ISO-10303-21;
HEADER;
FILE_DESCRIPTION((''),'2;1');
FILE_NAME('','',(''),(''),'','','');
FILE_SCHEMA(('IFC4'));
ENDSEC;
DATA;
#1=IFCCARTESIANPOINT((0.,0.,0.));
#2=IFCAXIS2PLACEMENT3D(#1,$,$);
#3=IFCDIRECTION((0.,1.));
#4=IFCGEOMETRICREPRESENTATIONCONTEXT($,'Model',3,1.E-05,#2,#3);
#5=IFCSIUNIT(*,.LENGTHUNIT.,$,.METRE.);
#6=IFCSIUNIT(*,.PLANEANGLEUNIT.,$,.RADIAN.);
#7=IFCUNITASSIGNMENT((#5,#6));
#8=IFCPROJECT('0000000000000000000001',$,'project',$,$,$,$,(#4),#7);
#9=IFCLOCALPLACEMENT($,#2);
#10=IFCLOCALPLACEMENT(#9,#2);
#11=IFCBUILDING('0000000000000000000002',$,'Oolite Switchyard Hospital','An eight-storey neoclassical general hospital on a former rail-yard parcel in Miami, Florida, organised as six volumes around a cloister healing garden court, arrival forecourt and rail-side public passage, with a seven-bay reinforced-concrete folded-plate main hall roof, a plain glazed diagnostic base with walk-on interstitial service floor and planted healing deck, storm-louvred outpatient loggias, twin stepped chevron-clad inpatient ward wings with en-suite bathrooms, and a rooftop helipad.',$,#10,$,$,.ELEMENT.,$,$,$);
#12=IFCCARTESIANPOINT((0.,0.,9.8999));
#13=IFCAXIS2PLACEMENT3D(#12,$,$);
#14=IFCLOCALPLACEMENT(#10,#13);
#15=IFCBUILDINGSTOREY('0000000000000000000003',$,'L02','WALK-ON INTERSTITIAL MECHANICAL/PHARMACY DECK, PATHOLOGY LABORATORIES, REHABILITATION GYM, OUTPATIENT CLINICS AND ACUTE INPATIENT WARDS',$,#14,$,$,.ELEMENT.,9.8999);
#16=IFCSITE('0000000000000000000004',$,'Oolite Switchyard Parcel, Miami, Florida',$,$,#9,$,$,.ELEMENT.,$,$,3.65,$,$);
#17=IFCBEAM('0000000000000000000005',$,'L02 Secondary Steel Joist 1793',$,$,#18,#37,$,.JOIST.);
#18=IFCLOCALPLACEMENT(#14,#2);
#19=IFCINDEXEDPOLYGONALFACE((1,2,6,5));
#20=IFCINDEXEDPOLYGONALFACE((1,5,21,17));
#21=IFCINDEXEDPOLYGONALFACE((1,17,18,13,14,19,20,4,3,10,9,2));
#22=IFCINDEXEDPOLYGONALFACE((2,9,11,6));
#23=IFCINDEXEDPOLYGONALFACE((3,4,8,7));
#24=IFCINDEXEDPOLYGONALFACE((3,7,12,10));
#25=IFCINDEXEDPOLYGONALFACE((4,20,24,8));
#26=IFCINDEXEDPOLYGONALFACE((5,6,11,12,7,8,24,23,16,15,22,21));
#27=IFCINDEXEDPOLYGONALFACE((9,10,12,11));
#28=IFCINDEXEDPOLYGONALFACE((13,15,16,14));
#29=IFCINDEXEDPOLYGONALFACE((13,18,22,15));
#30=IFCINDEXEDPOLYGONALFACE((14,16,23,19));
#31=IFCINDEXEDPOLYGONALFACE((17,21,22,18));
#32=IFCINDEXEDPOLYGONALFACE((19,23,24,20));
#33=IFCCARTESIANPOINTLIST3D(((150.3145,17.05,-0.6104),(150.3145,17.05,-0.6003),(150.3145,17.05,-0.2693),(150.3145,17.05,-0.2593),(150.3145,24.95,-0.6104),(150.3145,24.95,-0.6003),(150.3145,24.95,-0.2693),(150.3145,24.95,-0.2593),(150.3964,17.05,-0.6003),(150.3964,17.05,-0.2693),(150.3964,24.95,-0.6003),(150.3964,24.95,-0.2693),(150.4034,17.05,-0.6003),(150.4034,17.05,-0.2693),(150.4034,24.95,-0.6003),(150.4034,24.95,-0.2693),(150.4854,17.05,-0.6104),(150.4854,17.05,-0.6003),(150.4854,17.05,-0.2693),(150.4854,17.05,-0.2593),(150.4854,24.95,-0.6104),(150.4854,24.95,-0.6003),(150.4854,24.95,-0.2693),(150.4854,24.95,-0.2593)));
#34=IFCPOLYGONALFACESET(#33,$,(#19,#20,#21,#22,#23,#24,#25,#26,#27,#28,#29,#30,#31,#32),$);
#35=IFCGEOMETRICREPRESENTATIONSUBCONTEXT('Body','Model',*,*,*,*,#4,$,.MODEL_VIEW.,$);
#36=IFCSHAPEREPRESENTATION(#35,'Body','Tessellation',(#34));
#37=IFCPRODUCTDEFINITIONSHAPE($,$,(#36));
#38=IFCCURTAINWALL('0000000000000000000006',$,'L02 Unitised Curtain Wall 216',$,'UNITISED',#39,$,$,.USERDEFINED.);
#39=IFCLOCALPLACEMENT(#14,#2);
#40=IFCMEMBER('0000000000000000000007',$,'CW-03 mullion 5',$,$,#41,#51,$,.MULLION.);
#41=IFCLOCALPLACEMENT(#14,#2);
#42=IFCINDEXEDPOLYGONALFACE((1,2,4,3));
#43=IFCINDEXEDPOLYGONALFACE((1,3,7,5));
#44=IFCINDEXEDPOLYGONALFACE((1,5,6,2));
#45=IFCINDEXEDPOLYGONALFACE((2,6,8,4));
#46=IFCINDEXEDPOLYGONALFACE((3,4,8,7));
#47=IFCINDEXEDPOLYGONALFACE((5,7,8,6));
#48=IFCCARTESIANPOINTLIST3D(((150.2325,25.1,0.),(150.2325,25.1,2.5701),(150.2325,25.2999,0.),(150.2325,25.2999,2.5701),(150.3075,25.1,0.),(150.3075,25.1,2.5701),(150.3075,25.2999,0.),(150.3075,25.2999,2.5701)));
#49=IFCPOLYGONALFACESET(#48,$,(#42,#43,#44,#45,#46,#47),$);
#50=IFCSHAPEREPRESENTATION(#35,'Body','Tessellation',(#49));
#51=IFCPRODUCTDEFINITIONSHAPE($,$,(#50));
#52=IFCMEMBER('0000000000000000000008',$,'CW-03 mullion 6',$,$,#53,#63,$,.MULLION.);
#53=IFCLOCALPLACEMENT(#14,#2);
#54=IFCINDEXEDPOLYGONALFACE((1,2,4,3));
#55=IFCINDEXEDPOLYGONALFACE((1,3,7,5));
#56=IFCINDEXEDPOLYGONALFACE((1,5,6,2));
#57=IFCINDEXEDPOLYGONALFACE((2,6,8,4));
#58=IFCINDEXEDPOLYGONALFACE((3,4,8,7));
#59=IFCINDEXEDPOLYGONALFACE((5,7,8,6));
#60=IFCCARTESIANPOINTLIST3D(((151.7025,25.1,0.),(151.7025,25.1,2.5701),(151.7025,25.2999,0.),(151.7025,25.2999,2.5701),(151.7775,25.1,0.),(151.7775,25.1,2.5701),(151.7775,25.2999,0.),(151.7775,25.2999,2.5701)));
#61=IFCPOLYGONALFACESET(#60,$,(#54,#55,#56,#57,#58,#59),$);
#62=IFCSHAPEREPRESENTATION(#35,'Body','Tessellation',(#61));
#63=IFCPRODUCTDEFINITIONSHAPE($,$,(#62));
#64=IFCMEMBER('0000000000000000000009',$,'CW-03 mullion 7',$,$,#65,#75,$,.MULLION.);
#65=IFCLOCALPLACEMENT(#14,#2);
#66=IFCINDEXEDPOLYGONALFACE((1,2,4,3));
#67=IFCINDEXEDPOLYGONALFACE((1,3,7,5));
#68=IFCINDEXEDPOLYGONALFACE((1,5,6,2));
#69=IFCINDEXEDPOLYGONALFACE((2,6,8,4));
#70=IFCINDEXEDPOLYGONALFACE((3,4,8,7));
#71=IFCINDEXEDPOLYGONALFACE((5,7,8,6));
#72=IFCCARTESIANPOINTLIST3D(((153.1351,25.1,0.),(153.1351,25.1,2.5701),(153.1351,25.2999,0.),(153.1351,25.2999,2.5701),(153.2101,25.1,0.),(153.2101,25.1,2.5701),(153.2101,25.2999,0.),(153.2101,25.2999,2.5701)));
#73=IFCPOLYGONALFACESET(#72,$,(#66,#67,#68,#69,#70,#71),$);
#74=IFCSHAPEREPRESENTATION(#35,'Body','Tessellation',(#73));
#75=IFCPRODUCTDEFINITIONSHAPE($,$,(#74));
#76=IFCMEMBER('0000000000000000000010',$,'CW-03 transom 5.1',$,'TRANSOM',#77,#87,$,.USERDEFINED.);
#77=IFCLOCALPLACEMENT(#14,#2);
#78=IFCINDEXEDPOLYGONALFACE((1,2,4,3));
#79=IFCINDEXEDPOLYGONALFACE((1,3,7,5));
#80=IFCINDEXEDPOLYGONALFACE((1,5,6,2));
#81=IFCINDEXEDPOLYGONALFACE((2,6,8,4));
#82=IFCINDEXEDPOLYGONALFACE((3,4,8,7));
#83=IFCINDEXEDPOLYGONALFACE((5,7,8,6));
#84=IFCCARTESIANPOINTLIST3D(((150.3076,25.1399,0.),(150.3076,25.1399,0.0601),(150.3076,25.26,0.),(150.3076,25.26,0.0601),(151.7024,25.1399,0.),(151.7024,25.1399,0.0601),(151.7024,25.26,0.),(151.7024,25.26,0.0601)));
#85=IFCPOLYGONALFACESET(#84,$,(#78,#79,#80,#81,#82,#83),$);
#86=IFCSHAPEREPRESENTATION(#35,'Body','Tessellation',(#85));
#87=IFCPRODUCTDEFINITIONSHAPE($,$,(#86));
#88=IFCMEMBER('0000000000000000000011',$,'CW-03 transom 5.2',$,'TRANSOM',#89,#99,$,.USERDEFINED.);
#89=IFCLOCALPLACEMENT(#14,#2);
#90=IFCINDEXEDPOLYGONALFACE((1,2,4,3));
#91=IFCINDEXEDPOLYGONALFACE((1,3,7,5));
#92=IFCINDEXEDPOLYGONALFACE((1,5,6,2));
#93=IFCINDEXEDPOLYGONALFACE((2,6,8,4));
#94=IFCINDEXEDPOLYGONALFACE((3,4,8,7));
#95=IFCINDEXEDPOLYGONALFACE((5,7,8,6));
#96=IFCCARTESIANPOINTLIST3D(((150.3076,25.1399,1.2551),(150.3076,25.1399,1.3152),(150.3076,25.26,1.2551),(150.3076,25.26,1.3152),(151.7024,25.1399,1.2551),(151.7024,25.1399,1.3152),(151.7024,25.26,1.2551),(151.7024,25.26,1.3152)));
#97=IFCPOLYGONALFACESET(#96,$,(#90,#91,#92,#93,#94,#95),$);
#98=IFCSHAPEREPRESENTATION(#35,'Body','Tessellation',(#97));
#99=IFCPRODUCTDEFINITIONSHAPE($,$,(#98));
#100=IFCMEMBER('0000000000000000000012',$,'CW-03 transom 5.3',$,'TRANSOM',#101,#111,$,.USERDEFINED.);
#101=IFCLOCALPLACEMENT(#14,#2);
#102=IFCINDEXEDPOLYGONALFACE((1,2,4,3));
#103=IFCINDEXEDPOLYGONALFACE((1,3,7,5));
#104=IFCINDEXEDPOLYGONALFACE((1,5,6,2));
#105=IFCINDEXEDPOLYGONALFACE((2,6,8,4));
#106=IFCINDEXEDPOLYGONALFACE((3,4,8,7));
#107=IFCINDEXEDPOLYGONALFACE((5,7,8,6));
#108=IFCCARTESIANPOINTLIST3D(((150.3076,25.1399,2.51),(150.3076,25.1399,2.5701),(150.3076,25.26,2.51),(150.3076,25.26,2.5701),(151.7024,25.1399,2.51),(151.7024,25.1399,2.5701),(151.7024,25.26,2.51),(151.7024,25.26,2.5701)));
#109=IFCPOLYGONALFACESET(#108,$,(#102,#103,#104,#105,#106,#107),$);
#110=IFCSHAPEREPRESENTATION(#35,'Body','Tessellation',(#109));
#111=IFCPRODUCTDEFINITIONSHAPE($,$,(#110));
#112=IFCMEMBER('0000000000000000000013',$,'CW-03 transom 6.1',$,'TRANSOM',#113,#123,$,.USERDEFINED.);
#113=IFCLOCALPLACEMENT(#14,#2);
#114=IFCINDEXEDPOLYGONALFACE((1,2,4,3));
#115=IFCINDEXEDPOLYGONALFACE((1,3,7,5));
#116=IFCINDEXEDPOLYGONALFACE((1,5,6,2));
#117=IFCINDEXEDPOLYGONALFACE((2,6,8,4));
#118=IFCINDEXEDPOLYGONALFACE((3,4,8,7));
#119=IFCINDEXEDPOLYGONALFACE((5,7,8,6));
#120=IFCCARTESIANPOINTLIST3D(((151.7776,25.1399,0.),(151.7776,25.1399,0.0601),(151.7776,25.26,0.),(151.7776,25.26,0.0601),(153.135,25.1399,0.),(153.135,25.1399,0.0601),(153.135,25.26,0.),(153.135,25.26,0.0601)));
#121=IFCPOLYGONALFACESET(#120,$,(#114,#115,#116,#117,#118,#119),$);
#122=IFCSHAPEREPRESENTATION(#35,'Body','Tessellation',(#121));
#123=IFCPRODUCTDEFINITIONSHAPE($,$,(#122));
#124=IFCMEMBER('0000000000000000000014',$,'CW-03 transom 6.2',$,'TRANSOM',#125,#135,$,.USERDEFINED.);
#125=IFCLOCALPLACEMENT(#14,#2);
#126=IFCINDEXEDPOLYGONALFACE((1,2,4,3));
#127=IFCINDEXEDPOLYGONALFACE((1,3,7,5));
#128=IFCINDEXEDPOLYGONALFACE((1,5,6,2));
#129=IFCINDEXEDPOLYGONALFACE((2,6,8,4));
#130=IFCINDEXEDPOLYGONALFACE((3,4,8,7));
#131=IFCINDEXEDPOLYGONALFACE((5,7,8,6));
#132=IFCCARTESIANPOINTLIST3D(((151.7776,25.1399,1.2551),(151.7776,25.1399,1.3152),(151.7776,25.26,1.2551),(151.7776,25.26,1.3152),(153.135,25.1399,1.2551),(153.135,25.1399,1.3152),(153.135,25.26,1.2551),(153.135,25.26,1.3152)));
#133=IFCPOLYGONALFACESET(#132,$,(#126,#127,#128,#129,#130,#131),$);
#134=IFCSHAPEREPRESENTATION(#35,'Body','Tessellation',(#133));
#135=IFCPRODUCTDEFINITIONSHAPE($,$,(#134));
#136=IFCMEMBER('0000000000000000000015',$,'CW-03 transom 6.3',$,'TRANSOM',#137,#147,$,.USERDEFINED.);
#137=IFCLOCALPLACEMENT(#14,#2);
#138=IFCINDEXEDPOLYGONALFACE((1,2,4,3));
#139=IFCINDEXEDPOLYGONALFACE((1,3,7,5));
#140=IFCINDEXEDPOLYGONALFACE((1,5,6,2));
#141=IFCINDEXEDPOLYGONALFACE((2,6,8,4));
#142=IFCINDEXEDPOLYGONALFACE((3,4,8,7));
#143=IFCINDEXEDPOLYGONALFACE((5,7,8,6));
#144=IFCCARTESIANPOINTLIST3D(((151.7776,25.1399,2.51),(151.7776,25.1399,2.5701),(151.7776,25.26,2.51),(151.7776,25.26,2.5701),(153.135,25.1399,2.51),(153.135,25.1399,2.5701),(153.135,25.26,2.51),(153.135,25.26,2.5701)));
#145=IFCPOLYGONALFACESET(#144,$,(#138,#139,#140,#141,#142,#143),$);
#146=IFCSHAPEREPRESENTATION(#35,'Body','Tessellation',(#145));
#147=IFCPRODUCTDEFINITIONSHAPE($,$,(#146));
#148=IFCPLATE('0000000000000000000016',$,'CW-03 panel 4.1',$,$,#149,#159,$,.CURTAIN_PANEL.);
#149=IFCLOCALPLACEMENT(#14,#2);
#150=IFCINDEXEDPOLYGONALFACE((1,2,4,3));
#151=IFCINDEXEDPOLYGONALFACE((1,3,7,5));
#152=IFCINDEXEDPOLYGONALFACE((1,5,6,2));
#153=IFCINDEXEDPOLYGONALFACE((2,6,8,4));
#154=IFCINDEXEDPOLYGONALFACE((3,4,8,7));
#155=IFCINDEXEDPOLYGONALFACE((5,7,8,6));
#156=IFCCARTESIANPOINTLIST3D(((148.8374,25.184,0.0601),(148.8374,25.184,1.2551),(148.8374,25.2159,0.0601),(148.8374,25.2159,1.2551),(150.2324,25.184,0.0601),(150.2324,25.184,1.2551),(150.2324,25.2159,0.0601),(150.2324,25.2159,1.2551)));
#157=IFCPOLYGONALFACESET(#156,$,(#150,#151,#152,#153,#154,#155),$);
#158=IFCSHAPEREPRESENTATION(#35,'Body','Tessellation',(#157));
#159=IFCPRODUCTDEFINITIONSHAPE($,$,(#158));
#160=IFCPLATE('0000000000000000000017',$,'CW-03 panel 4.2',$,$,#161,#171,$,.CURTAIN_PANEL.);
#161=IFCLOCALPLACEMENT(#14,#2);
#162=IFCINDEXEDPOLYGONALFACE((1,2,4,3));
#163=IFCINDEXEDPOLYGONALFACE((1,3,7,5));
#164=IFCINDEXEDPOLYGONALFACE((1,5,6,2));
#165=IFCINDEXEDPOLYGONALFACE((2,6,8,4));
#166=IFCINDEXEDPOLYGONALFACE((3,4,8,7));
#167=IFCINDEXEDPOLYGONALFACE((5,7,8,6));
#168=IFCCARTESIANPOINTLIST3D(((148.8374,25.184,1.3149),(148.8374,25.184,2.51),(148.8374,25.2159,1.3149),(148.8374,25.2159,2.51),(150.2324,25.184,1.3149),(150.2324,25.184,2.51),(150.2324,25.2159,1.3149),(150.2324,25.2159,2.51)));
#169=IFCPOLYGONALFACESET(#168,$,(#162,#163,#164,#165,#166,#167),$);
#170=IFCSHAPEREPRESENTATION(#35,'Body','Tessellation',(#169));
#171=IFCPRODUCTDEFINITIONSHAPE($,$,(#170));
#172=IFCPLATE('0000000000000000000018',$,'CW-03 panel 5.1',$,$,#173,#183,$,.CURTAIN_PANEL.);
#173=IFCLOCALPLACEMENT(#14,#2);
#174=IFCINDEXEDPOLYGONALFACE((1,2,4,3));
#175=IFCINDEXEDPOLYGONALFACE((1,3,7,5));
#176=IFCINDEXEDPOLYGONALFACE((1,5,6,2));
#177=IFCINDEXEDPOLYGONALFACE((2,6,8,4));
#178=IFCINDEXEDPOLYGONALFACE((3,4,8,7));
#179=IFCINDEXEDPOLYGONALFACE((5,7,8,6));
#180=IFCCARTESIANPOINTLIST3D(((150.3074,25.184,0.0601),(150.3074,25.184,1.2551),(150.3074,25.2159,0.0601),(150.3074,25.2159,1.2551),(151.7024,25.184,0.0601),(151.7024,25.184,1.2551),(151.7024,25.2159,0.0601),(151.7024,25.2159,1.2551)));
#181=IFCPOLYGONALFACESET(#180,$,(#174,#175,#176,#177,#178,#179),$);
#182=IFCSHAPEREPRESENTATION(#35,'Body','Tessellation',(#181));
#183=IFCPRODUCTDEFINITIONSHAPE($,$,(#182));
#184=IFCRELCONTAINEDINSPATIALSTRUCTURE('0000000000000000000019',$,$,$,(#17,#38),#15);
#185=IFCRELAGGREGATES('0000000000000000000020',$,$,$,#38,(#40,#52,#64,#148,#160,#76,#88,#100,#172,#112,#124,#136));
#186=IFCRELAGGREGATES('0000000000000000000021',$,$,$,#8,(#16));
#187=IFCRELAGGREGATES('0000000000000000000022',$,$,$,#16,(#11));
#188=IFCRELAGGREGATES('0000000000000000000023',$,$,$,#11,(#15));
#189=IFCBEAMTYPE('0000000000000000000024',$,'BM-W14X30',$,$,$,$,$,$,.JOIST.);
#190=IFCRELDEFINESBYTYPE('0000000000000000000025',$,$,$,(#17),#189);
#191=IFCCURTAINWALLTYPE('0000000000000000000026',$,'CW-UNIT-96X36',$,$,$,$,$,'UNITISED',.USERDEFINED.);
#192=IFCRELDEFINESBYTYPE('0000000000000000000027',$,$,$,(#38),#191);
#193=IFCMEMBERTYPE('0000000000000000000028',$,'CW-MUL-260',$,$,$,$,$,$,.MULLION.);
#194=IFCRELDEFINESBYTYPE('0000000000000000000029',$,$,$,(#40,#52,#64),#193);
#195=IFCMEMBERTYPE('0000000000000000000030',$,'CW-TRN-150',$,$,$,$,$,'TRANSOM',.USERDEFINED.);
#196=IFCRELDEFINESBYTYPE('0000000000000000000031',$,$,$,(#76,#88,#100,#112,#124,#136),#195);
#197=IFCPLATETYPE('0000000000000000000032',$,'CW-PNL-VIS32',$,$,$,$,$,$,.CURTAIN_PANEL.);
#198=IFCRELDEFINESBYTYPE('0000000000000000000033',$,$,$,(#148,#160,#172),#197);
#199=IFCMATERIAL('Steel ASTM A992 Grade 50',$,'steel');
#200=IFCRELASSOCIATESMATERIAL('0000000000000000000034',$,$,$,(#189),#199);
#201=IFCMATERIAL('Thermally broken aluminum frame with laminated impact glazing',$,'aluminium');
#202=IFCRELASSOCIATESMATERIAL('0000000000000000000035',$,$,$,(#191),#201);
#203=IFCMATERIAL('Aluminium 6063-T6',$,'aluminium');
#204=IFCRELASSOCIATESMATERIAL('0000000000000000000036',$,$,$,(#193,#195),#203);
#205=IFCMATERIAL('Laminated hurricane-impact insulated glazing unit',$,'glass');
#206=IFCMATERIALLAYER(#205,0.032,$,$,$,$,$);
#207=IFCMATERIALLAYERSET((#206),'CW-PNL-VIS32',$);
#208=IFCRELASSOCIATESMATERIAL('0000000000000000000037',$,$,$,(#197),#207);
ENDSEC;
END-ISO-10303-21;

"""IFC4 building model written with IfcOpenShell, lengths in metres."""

from ifc_helpers import new_model, si_unit, direction, frame, origin, origin_2d, place, context, subcontext, project, spatial, rectangle, i_section, extrude, material, layer, layer_set, material_profile, profile_set, type_object, element, aggregate, save


model = new_model("IFC4")

# Units and contexts
model_context = context("Model", 3, precision=1e-05, world=origin(), true_north=direction((0.0, 1.0)))
body_context = subcontext(model_context, "Body", "Model", "MODEL_VIEW")
ifc_project = project(units=[si_unit("LENGTHUNIT", "METRE"), si_unit("PLANEANGLEUNIT", "RADIAN")], contexts=[model_context])

# Site, building, storey
site_placement = place(None, origin())
site = spatial("IfcSite", under=ifc_project, at=site_placement, Name="Oolite Switchyard Parcel, Miami, Florida", CompositionType="ELEMENT", RefElevation=3.65)
building_placement = place(site_placement, origin())
building = spatial("IfcBuilding", under=site, at=building_placement, Name="Oolite Switchyard Hospital", Description="An eight-storey neoclassical general hospital on a former rail-yard parcel in Miami, Florida, organised as six volumes around a cloister healing garden court, arrival forecourt and rail-side public passage, with a seven-bay reinforced-concrete folded-plate main hall roof, a plain glazed diagnostic base with walk-on interstitial service floor and planted healing deck, storm-louvred outpatient loggias, twin stepped chevron-clad inpatient ward wings with en-suite bathrooms, and a rooftop helipad.", CompositionType="ELEMENT")
storey_placement = place(building_placement, frame((0.0, 0.0, 9.8999)))
storey = spatial("IfcBuildingStorey", under=building, at=storey_placement, Name="L02", Description="WALK-ON INTERSTITIAL MECHANICAL/PHARMACY DECK, PATHOLOGY LABORATORIES, REHABILITATION GYM, OUTPATIENT CLINICS AND ACUTE INPATIENT WARDS", CompositionType="ELEMENT", Elevation=9.8999)

# Beam
ifc_material_1 = material(Name="Steel ASTM A992 Grade 50", Category="steel")
ifc_material_profile_1 = material_profile(ifc_material_1, i_section(OverallWidth=0.1709, OverallDepth=0.3511, WebThickness=0.0071, FlangeThickness=0.01, at=origin_2d()), Name="W14X30")
ifc_profile_set_1 = profile_set([ifc_material_profile_1], Name="Steel ASTM A992 Grade 50")
beam_type = type_object("IfcBeamType", Name="BM-W14X30", PredefinedType="JOIST", material=ifc_profile_set_1)
beam_placement = place(storey_placement, frame((150.3999, 17.05, -0.4348), z_axis=(0.0, 1.0, 0.0), x_axis=(-1.0, 0.0, 0.0)))
element("IfcBeam", 1, at=beam_placement, inside=storey, type_object=beam_type, Name="L02 Secondary Steel Joist 1793", PredefinedType="JOIST", context=body_context, shape_type="SweptSolid", body=[
    extrude(i_section(OverallWidth=0.1709, OverallDepth=0.3511, WebThickness=0.0071, FlangeThickness=0.01, at=origin_2d()), origin(), (0.0, 0.0, 1.0), 7.8999),
])

# Curtain wall, members, plates
ifc_material_2 = material(Name="Thermally broken aluminum frame with laminated impact glazing", Category="aluminium")
curtain_wall_type = type_object("IfcCurtainWallType", Name="CW-UNIT-96X36", ElementType="UNITISED", PredefinedType="USERDEFINED", material=ifc_material_2)
curtain_wall_placement = place(storey_placement, origin())
curtain_wall = element("IfcCurtainWall", 2, at=curtain_wall_placement, inside=storey, type_object=curtain_wall_type, Name="L02 Unitised Curtain Wall 216", ObjectType="UNITISED", PredefinedType="USERDEFINED")
ifc_material_3 = material(Name="Aluminium 6063-T6", Category="aluminium")
ifc_material_profile_2 = material_profile(ifc_material_3, rectangle(XDim=0.2, YDim=0.075, at=origin_2d()), Name="CWM75X200")
ifc_profile_set_2 = profile_set([ifc_material_profile_2], Name="Aluminium 6063-T6")
member_type_1 = type_object("IfcMemberType", Name="CW-MUL-260", PredefinedType="MULLION", material=ifc_profile_set_2)
member_1_placement = place(storey_placement, frame((150.27, 25.2, 0.0), z_axis=(0.0, 0.0, 1.0), x_axis=(0.0, 1.0, 0.0)))
member_1 = element("IfcMember", 3, at=member_1_placement, type_object=member_type_1, Name="CW-03 mullion 5", PredefinedType="MULLION", context=body_context, shape_type="SweptSolid", body=[
    extrude(rectangle(XDim=0.2, YDim=0.075, at=origin_2d()), origin(), (0.0, 0.0, 1.0), 2.5701),
])
member_2_placement = place(storey_placement, frame((151.74, 25.2, 0.0), z_axis=(0.0, 0.0, 1.0), x_axis=(0.0, 1.0, 0.0)))
member_2 = element("IfcMember", 4, at=member_2_placement, type_object=member_type_1, Name="CW-03 mullion 6", PredefinedType="MULLION", context=body_context, shape_type="SweptSolid", body=[
    extrude(rectangle(XDim=0.2, YDim=0.075, at=origin_2d()), origin(), (0.0, 0.0, 1.0), 2.5701),
])
member_3_placement = place(storey_placement, frame((153.1726, 25.2, 0.0), z_axis=(0.0, 0.0, 1.0), x_axis=(0.0, 1.0, 0.0)))
member_3 = element("IfcMember", 5, at=member_3_placement, type_object=member_type_1, Name="CW-03 mullion 7", PredefinedType="MULLION", context=body_context, shape_type="SweptSolid", body=[
    extrude(rectangle(XDim=0.2, YDim=0.075, at=origin_2d()), origin(), (0.0, 0.0, 1.0), 2.5701),
])
ifc_material_profile_3 = material_profile(ifc_material_3, rectangle(XDim=0.1201, YDim=0.0601, at=origin_2d()), Name="CWT60X120")
ifc_profile_set_3 = profile_set([ifc_material_profile_3], Name="Aluminium 6063-T6")
member_type_2 = type_object("IfcMemberType", Name="CW-TRN-150", ElementType="TRANSOM", PredefinedType="USERDEFINED", material=ifc_profile_set_3)
member_4_placement = place(storey_placement, frame((150.3076, 25.2, 0.03), z_axis=(1.0, 0.0, 0.0), x_axis=(0.0, 1.0, 0.0)))
member_4 = element("IfcMember", 6, at=member_4_placement, type_object=member_type_2, Name="CW-03 transom 5.1", ObjectType="TRANSOM", PredefinedType="USERDEFINED", context=body_context, shape_type="SweptSolid", body=[
    extrude(rectangle(XDim=0.1201, YDim=0.0601, at=origin_2d()), origin(), (0.0, 0.0, 1.0), 1.3948),
])
member_5_placement = place(storey_placement, frame((150.3076, 25.2, 1.2852), z_axis=(1.0, 0.0, 0.0), x_axis=(0.0, 1.0, 0.0)))
member_5 = element("IfcMember", 7, at=member_5_placement, type_object=member_type_2, Name="CW-03 transom 5.2", ObjectType="TRANSOM", PredefinedType="USERDEFINED", context=body_context, shape_type="SweptSolid", body=[
    extrude(rectangle(XDim=0.1201, YDim=0.0601, at=origin_2d()), origin(), (0.0, 0.0, 1.0), 1.3948),
])
member_6_placement = place(storey_placement, frame((150.3076, 25.2, 2.54), z_axis=(1.0, 0.0, 0.0), x_axis=(0.0, 1.0, 0.0)))
member_6 = element("IfcMember", 8, at=member_6_placement, type_object=member_type_2, Name="CW-03 transom 5.3", ObjectType="TRANSOM", PredefinedType="USERDEFINED", context=body_context, shape_type="SweptSolid", body=[
    extrude(rectangle(XDim=0.1201, YDim=0.0601, at=origin_2d()), origin(), (0.0, 0.0, 1.0), 1.3948),
])
member_7_placement = place(storey_placement, frame((151.7776, 25.2, 0.03), z_axis=(1.0, 0.0, 0.0), x_axis=(0.0, 1.0, 0.0)))
member_7 = element("IfcMember", 9, at=member_7_placement, type_object=member_type_2, Name="CW-03 transom 6.1", ObjectType="TRANSOM", PredefinedType="USERDEFINED", context=body_context, shape_type="SweptSolid", body=[
    extrude(rectangle(XDim=0.1201, YDim=0.0601, at=origin_2d()), origin(), (0.0, 0.0, 1.0), 1.3574),
])
member_8_placement = place(storey_placement, frame((151.7776, 25.2, 1.2852), z_axis=(1.0, 0.0, 0.0), x_axis=(0.0, 1.0, 0.0)))
member_8 = element("IfcMember", 10, at=member_8_placement, type_object=member_type_2, Name="CW-03 transom 6.2", ObjectType="TRANSOM", PredefinedType="USERDEFINED", context=body_context, shape_type="SweptSolid", body=[
    extrude(rectangle(XDim=0.1201, YDim=0.0601, at=origin_2d()), origin(), (0.0, 0.0, 1.0), 1.3574),
])
member_9_placement = place(storey_placement, frame((151.7776, 25.2, 2.54), z_axis=(1.0, 0.0, 0.0), x_axis=(0.0, 1.0, 0.0)))
member_9 = element("IfcMember", 11, at=member_9_placement, type_object=member_type_2, Name="CW-03 transom 6.3", ObjectType="TRANSOM", PredefinedType="USERDEFINED", context=body_context, shape_type="SweptSolid", body=[
    extrude(rectangle(XDim=0.1201, YDim=0.0601, at=origin_2d()), origin(), (0.0, 0.0, 1.0), 1.3574),
])
ifc_material_4 = material(Name="Laminated hurricane-impact insulated glazing unit", Category="glass")
ifc_layer_1 = layer(ifc_material_4, 0.032)
ifc_layer_set_1 = layer_set([ifc_layer_1], Name="CW-PNL-VIS32")
plate_type = type_object("IfcPlateType", Name="CW-PNL-VIS32", PredefinedType="CURTAIN_PANEL", material=ifc_layer_set_1)
plate_1_placement = place(storey_placement, frame((149.5349, 25.2, 0.0601), z_axis=(0.0, 0.0, 1.0), x_axis=(1.0, 0.0, 0.0)))
plate_1 = element("IfcPlate", 12, at=plate_1_placement, type_object=plate_type, Name="CW-03 panel 4.1", PredefinedType="CURTAIN_PANEL", context=body_context, shape_type="SweptSolid", body=[
    extrude(rectangle(XDim=1.395, YDim=0.032, at=origin_2d()), origin(), (0.0, 0.0, 1.0), 1.1951),
])
plate_2_placement = place(storey_placement, frame((149.5349, 25.2, 1.3149), z_axis=(0.0, 0.0, 1.0), x_axis=(1.0, 0.0, 0.0)))
plate_2 = element("IfcPlate", 13, at=plate_2_placement, type_object=plate_type, Name="CW-03 panel 4.2", PredefinedType="CURTAIN_PANEL", context=body_context, shape_type="SweptSolid", body=[
    extrude(rectangle(XDim=1.395, YDim=0.032, at=origin_2d()), origin(), (0.0, 0.0, 1.0), 1.1951),
])
plate_3_placement = place(storey_placement, frame((151.0049, 25.2, 0.0601), z_axis=(0.0, 0.0, 1.0), x_axis=(1.0, 0.0, 0.0)))
plate_3 = element("IfcPlate", 14, at=plate_3_placement, type_object=plate_type, Name="CW-03 panel 5.1", PredefinedType="CURTAIN_PANEL", context=body_context, shape_type="SweptSolid", body=[
    extrude(rectangle(XDim=1.395, YDim=0.032, at=origin_2d()), origin(), (0.0, 0.0, 1.0), 1.1951),
])
aggregate(curtain_wall, [member_1, member_2, member_3, plate_1, plate_2, member_4, member_5, member_6, plate_3, member_7, member_8, member_9])

save(model, "model.ifc")
